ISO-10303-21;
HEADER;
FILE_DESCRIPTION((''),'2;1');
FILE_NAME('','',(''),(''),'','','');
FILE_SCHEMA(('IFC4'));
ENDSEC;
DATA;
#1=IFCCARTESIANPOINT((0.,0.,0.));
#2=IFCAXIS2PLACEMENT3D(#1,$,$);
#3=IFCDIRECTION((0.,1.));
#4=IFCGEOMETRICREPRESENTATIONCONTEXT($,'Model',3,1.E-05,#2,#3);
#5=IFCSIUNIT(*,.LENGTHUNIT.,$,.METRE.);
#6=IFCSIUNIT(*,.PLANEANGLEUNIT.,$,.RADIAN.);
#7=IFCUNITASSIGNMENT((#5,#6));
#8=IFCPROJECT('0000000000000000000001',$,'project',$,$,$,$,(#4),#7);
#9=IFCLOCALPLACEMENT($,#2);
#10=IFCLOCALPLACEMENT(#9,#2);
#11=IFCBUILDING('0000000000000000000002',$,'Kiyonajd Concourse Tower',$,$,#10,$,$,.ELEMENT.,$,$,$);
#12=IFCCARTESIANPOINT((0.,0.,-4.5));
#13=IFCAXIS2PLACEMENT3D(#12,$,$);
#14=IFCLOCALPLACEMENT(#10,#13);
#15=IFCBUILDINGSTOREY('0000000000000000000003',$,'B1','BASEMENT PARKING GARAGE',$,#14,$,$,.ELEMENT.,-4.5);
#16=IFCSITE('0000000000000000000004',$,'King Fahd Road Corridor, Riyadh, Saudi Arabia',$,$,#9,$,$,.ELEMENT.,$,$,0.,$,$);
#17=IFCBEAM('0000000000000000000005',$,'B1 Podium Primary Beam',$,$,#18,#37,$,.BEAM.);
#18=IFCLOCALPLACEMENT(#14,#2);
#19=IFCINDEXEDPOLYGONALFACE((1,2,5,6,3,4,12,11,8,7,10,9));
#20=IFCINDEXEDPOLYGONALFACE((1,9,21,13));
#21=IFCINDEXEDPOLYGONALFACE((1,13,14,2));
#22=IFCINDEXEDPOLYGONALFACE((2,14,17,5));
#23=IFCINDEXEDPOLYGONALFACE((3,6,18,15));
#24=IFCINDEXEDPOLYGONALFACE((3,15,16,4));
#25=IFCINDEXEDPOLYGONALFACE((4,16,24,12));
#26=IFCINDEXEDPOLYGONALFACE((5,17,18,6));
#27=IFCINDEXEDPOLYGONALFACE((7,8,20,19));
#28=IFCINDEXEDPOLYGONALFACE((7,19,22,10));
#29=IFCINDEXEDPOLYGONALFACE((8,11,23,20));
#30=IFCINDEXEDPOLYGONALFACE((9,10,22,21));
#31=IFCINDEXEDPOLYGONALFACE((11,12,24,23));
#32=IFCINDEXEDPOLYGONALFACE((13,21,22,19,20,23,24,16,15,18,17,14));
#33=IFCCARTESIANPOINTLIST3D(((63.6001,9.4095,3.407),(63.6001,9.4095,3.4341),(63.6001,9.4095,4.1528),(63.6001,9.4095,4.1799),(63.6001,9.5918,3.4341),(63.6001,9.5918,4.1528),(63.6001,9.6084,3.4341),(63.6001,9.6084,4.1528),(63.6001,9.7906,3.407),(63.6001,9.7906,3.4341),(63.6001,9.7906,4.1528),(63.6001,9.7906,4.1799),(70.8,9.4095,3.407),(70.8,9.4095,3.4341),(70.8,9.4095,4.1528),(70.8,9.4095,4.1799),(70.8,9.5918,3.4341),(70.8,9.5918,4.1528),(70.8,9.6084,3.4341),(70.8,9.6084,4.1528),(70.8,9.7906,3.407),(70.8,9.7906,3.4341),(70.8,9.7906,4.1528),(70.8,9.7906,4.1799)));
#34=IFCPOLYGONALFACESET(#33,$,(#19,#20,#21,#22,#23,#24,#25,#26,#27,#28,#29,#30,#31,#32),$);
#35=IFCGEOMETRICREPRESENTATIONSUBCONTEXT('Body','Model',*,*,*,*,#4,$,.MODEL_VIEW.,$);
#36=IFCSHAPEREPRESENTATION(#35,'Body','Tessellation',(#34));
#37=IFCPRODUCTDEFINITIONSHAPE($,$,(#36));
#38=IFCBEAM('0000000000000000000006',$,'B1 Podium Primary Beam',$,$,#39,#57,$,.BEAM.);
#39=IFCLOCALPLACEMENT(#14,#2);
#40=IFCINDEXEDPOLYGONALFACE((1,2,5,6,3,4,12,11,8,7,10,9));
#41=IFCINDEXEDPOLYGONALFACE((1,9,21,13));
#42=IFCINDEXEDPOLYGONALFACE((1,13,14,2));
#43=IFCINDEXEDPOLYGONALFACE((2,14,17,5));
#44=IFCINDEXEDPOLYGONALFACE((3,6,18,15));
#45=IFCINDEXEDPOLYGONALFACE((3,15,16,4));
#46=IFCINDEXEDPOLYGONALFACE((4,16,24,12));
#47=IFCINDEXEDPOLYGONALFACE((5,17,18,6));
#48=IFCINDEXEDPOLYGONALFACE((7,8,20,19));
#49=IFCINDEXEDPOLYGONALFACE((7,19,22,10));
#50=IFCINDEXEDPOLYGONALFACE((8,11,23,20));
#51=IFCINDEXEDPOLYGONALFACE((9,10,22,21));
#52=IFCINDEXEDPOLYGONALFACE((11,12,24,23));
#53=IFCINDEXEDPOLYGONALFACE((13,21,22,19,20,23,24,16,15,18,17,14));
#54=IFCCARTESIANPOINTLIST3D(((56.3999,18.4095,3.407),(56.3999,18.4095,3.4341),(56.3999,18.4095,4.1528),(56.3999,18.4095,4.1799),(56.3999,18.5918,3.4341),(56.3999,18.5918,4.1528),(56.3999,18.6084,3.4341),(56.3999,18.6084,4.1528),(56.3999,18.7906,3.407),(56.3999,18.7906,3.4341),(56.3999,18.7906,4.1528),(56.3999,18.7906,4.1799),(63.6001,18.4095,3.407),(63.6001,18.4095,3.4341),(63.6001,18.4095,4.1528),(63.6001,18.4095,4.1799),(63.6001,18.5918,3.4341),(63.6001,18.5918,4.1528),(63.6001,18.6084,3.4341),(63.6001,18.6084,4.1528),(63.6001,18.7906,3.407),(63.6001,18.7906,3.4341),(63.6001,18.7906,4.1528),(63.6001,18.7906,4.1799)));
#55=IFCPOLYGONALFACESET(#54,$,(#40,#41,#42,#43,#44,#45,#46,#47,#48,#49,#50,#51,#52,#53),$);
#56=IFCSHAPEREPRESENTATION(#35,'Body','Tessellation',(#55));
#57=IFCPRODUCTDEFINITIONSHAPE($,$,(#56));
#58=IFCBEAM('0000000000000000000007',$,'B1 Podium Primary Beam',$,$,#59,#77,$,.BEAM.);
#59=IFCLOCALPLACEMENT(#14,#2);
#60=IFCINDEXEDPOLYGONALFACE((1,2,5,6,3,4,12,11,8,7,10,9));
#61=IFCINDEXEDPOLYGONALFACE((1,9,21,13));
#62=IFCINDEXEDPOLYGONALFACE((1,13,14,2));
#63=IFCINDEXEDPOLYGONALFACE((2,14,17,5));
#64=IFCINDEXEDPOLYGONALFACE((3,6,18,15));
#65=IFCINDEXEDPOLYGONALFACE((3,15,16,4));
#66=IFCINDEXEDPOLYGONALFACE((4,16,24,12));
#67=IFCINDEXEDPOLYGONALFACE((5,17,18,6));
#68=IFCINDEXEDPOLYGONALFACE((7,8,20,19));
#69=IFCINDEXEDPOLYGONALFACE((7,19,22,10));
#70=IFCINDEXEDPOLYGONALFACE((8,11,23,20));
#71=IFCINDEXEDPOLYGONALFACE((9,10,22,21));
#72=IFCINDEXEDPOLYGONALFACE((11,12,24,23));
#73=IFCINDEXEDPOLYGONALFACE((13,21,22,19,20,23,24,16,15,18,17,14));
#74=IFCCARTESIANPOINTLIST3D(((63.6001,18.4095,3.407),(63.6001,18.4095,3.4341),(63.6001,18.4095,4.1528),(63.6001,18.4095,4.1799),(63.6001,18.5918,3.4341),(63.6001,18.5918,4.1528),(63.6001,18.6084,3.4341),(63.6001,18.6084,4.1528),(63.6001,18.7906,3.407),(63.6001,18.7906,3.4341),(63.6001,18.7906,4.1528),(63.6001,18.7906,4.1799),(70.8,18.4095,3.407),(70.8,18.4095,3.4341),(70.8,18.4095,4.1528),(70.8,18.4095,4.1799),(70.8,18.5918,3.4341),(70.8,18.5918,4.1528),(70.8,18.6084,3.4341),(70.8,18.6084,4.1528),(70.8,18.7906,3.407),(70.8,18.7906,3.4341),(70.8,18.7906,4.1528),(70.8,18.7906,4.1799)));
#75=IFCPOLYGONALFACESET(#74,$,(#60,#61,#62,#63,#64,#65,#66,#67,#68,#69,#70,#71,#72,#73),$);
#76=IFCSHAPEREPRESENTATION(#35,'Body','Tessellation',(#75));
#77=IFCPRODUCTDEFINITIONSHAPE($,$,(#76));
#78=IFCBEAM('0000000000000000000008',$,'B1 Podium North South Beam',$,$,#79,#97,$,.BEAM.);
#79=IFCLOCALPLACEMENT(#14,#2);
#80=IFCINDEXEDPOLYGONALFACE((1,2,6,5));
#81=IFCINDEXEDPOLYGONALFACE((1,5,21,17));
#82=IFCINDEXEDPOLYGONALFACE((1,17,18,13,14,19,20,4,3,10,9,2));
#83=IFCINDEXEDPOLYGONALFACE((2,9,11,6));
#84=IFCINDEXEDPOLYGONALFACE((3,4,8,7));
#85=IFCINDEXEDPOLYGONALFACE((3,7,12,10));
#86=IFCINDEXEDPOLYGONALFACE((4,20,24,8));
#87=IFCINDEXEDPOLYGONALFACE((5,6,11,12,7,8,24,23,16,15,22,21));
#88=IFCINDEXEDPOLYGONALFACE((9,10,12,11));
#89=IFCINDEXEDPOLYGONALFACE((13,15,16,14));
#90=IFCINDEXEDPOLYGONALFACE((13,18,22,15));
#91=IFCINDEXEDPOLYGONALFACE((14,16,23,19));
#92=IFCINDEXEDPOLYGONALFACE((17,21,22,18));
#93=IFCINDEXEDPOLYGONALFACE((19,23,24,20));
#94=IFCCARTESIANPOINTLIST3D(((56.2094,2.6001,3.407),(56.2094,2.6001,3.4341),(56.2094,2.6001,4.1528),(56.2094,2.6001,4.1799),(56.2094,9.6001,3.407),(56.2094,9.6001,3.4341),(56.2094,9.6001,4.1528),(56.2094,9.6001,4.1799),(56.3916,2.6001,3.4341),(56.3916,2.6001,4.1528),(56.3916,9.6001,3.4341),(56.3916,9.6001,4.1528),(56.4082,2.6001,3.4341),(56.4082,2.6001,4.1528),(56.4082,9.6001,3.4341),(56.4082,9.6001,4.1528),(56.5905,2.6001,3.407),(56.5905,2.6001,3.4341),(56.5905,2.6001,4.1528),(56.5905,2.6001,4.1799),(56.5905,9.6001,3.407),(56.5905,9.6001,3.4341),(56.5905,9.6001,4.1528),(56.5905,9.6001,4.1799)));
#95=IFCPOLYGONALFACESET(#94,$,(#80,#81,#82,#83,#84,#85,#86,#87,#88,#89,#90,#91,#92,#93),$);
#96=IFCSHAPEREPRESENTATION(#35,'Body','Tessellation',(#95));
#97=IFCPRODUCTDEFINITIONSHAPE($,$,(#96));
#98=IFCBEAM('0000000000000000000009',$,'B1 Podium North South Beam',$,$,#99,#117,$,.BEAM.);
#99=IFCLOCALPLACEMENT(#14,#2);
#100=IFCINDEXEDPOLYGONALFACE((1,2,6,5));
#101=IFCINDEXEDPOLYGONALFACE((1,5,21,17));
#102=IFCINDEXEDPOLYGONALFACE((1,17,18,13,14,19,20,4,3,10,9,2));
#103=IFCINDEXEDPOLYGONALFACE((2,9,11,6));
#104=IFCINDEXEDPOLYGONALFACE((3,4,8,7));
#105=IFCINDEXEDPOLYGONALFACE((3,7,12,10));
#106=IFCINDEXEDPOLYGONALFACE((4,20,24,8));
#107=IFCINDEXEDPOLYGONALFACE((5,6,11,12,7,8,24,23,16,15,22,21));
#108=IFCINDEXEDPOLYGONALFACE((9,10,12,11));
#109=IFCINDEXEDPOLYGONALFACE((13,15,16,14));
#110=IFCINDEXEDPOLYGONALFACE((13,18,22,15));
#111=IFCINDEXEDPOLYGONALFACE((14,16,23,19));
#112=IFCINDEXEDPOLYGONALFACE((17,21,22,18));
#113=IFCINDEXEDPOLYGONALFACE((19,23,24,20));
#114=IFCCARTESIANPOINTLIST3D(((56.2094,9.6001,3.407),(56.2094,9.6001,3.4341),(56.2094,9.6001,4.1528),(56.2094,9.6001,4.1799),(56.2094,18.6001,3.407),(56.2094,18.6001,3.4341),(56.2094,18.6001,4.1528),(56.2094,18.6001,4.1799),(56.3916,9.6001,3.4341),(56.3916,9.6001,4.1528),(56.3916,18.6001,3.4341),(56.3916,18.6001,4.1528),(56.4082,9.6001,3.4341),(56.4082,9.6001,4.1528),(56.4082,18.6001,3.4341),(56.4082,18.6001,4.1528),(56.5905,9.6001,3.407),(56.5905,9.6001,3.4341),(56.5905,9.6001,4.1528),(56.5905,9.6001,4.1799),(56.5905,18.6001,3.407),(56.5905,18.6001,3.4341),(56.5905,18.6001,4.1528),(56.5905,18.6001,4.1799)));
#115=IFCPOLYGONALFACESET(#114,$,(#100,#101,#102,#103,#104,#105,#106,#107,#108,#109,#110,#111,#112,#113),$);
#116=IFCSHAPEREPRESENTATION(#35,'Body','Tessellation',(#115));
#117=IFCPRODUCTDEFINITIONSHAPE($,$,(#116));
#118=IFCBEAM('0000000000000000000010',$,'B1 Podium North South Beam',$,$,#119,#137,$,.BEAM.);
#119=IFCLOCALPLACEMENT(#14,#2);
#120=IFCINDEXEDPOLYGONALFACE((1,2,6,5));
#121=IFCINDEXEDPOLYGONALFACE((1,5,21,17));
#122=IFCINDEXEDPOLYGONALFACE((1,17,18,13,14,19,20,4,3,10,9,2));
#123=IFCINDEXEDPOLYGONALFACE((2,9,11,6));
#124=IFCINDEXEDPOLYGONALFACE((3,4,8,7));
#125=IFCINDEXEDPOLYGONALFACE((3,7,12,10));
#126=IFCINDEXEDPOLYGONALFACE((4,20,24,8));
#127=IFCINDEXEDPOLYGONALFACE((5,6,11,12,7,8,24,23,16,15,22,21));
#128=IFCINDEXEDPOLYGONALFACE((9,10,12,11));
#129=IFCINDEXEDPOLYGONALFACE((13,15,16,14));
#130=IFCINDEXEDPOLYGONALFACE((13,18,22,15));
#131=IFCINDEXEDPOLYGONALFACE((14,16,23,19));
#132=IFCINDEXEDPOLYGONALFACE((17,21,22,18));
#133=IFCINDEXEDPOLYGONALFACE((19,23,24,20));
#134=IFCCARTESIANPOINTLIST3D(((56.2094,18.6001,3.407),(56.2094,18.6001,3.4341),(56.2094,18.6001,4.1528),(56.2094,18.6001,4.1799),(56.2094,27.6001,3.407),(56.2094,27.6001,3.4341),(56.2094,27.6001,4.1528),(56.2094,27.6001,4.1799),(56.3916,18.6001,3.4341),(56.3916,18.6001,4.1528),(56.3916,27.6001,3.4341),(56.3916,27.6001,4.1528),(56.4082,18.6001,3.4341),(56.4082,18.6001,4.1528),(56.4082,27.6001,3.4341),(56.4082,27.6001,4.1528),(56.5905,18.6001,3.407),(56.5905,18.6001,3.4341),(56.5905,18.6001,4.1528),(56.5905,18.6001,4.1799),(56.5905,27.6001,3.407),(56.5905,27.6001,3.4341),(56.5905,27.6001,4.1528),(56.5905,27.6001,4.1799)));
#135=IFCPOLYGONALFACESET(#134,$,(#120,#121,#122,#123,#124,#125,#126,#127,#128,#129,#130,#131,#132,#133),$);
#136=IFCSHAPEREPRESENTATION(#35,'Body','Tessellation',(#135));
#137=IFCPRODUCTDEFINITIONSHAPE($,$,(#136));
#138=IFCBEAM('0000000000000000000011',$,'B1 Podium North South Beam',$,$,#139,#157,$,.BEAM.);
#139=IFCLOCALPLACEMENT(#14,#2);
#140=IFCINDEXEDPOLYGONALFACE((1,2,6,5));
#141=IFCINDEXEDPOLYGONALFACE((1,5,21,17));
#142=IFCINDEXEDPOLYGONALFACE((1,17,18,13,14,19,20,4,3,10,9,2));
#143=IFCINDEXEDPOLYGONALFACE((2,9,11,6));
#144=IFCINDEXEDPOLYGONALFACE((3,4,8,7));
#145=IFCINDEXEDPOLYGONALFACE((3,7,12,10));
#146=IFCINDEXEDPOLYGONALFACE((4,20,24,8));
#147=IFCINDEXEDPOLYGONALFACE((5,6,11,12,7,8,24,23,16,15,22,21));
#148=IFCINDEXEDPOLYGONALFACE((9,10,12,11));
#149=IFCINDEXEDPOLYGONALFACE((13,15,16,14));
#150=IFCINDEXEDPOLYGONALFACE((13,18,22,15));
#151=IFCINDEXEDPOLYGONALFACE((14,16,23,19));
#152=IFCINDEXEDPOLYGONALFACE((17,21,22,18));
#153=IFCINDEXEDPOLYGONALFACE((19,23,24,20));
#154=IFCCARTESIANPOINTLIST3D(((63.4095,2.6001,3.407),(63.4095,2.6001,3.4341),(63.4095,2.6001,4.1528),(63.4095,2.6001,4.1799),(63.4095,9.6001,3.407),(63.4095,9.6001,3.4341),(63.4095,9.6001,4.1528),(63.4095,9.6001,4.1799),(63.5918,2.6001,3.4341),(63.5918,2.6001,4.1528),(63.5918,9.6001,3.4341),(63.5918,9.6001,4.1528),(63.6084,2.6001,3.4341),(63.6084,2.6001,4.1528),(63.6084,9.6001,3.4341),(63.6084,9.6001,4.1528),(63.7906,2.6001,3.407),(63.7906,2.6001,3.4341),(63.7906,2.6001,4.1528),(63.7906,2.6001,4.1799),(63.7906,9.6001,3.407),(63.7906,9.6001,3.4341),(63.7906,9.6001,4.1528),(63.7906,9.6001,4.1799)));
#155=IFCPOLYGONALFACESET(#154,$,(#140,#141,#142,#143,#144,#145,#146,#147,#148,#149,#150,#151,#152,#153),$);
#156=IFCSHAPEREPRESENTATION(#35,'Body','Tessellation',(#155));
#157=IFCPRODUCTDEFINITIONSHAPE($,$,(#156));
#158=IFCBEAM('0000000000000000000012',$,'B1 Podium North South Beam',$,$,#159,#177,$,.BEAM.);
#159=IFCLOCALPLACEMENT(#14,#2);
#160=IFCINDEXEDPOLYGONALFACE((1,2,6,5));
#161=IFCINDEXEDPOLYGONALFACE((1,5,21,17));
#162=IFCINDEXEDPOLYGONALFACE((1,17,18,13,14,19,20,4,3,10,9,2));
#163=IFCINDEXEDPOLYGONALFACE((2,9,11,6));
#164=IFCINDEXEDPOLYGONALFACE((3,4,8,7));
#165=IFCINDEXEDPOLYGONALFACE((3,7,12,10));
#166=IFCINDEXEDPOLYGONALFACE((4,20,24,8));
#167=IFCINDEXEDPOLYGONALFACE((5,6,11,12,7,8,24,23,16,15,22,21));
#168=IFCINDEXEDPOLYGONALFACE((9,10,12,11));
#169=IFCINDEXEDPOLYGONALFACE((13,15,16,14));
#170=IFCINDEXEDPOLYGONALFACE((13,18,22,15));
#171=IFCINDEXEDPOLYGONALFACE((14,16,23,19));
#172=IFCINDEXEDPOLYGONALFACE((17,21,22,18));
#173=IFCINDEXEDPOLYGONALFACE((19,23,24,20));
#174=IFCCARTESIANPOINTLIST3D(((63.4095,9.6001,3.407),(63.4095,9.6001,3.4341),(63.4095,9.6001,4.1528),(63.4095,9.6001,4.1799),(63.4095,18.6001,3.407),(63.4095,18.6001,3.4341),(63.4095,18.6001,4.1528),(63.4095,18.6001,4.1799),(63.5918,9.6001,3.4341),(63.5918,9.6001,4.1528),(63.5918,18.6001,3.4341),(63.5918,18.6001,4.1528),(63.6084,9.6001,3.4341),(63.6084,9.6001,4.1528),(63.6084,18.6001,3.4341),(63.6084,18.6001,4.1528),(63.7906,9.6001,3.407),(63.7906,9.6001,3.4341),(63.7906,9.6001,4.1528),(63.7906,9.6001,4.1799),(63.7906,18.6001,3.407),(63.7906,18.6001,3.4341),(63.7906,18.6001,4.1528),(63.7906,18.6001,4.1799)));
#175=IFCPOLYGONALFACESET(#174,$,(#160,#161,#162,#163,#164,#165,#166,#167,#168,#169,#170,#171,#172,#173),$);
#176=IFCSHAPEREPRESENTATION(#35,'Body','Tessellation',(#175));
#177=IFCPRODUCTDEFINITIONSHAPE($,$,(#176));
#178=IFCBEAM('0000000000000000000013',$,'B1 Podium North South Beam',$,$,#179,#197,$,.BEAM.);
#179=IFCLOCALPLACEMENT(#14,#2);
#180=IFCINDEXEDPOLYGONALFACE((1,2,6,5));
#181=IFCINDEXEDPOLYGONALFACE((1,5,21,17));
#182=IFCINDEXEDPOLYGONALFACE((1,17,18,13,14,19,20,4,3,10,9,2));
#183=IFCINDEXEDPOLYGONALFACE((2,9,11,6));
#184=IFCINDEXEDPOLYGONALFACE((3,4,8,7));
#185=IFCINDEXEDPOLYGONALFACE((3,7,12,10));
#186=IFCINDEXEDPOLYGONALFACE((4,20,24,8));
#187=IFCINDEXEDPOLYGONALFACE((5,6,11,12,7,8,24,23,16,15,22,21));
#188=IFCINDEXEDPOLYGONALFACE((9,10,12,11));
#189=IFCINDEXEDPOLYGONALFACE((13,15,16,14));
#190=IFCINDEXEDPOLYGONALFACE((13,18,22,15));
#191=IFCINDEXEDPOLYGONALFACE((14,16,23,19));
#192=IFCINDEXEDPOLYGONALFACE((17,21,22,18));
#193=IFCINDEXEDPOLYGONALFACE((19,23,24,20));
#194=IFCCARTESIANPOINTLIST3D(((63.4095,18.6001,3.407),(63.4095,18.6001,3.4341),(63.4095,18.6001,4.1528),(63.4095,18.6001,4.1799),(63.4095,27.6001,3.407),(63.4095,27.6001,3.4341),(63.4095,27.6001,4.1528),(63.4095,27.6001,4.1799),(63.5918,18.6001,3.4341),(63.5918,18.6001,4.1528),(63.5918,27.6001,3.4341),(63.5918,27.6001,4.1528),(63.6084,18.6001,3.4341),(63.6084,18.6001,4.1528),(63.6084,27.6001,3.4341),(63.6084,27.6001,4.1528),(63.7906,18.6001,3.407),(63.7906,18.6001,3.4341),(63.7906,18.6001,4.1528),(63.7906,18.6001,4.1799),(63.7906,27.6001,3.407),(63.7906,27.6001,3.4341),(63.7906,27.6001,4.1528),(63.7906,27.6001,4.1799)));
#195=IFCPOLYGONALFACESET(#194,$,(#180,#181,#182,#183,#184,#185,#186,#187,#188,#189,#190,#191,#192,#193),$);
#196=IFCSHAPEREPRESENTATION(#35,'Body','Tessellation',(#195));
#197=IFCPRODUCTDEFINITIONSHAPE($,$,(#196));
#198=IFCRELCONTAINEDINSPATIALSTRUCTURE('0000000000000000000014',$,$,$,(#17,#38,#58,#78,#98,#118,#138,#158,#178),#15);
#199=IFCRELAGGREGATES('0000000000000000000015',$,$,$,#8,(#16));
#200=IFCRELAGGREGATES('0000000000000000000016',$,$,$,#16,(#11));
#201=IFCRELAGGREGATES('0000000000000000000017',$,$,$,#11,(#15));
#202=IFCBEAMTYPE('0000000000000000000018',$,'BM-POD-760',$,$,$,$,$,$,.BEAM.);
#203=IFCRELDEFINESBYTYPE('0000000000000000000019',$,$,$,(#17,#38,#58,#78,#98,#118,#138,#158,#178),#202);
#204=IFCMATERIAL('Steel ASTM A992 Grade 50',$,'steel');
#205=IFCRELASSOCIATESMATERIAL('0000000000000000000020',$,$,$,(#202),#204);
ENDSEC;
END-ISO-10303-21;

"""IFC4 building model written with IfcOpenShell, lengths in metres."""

from ifc_helpers import new_model, si_unit, direction, frame, origin, origin_2d, place, context, subcontext, project, spatial, i_section, extrude, material, material_profile, profile_set, type_object, element, save


model = new_model("IFC4")

# Units and contexts
model_context = context("Model", 3, precision=1e-05, world=origin(), true_north=direction((0.0, 1.0)))
body_context = subcontext(model_context, "Body", "Model", "MODEL_VIEW")
ifc_project = project(units=[si_unit("LENGTHUNIT", "METRE"), si_unit("PLANEANGLEUNIT", "RADIAN")], contexts=[model_context])

# Site, building, storey
site_placement = place(None, origin())
site = spatial("IfcSite", under=ifc_project, at=site_placement, Name="King Fahd Road Corridor, Riyadh, Saudi Arabia", CompositionType="ELEMENT", RefElevation=0.0)
building_placement = place(site_placement, origin())
building = spatial("IfcBuilding", under=site, at=building_placement, Name="Kiyonajd Concourse Tower", CompositionType="ELEMENT")
storey_placement = place(building_placement, frame((0.0, 0.0, -4.5)))
storey = spatial("IfcBuildingStorey", under=building, at=storey_placement, Name="B1", Description="BASEMENT PARKING GARAGE", CompositionType="ELEMENT", Elevation=-4.5)

# Beams
ifc_material_1 = material(Name="Steel ASTM A992 Grade 50", Category="steel")
ifc_material_profile_1 = material_profile(ifc_material_1, i_section(OverallWidth=0.3811, OverallDepth=0.7729, WebThickness=0.0166, FlangeThickness=0.0271, at=origin_2d()), Name="W760X257")
ifc_profile_set_1 = profile_set([ifc_material_profile_1], Name="Steel ASTM A992 Grade 50")
beam_type_1 = type_object("IfcBeamType", Name="BM-POD-760", PredefinedType="BEAM", material=ifc_profile_set_1)
beam_1_placement = place(storey_placement, frame((63.6001, 9.6001, 3.7935), z_axis=(1.0, 0.0, 0.0), x_axis=(0.0, 1.0, 0.0)))
element("IfcBeam", 1, at=beam_1_placement, inside=storey, type_object=beam_type_1, Name="B1 Podium Primary Beam", PredefinedType="BEAM", context=body_context, shape_type="SweptSolid", body=[
    extrude(i_section(OverallWidth=0.3811, OverallDepth=0.7729, WebThickness=0.0166, FlangeThickness=0.0271, at=origin_2d()), origin(), (0.0, 0.0, 1.0), 7.2),
])
beam_2_placement = place(storey_placement, frame((56.3999, 18.6001, 3.7935), z_axis=(1.0, 0.0, 0.0), x_axis=(0.0, 1.0, 0.0)))
element("IfcBeam", 2, at=beam_2_placement, inside=storey, type_object=beam_type_1, Name="B1 Podium Primary Beam", PredefinedType="BEAM", context=body_context, shape_type="SweptSolid", body=[
    extrude(i_section(OverallWidth=0.3811, OverallDepth=0.7729, WebThickness=0.0166, FlangeThickness=0.0271, at=origin_2d()), origin(), (0.0, 0.0, 1.0), 7.2002),
])
beam_3_placement = place(storey_placement, frame((63.6001, 18.6001, 3.7935), z_axis=(1.0, 0.0, 0.0), x_axis=(0.0, 1.0, 0.0)))
element("IfcBeam", 3, at=beam_3_placement, inside=storey, type_object=beam_type_1, Name="B1 Podium Primary Beam", PredefinedType="BEAM", context=body_context, shape_type="SweptSolid", body=[
    extrude(i_section(OverallWidth=0.3811, OverallDepth=0.7729, WebThickness=0.0166, FlangeThickness=0.0271, at=origin_2d()), origin(), (0.0, 0.0, 1.0), 7.2),
])
beam_4_placement = place(storey_placement, frame((56.3999, 2.6001, 3.7935), z_axis=(0.0, 1.0, 0.0), x_axis=(-1.0, 0.0, 0.0)))
element("IfcBeam", 4, at=beam_4_placement, inside=storey, type_object=beam_type_1, Name="B1 Podium North South Beam", PredefinedType="BEAM", context=body_context, shape_type="SweptSolid", body=[
    extrude(i_section(OverallWidth=0.3811, OverallDepth=0.7729, WebThickness=0.0166, FlangeThickness=0.0271, at=origin_2d()), origin(), (0.0, 0.0, 1.0), 7.0),
])
for number, where, z_axis, x_axis, name in (
    (5, (56.3999, 9.6001, 3.7935), (0.0, 1.0, 0.0), (-1.0, 0.0, 0.0), "B1 Podium North South Beam"),
    (6, (56.3999, 18.6001, 3.7935), (0.0, 1.0, 0.0), (-1.0, 0.0, 0.0), "B1 Podium North South Beam"),
):
    element("IfcBeam", number, at=place(storey_placement, frame(where, z_axis=z_axis, x_axis=x_axis)), inside=storey, type_object=beam_type_1, Name=name, PredefinedType="BEAM", context=body_context, shape_type="SweptSolid", body=[
        extrude(i_section(OverallWidth=0.3811, OverallDepth=0.7729, WebThickness=0.0166, FlangeThickness=0.0271, at=origin_2d()), origin(), (0.0, 0.0, 1.0), 9.0),
    ])
beam_5_placement = place(storey_placement, frame((63.6001, 2.6001, 3.7935), z_axis=(0.0, 1.0, 0.0), x_axis=(-1.0, 0.0, 0.0)))
element("IfcBeam", 7, at=beam_5_placement, inside=storey, type_object=beam_type_1, Name="B1 Podium North South Beam", PredefinedType="BEAM", context=body_context, shape_type="SweptSolid", body=[
    extrude(i_section(OverallWidth=0.3811, OverallDepth=0.7729, WebThickness=0.0166, FlangeThickness=0.0271, at=origin_2d()), origin(), (0.0, 0.0, 1.0), 7.0),
])
for number, where, z_axis, x_axis, name in (
    (8, (63.6001, 9.6001, 3.7935), (0.0, 1.0, 0.0), (-1.0, 0.0, 0.0), "B1 Podium North South Beam"),
    (9, (63.6001, 18.6001, 3.7935), (0.0, 1.0, 0.0), (-1.0, 0.0, 0.0), "B1 Podium North South Beam"),
):
    element("IfcBeam", number, at=place(storey_placement, frame(where, z_axis=z_axis, x_axis=x_axis)), inside=storey, type_object=beam_type_1, Name=name, PredefinedType="BEAM", context=body_context, shape_type="SweptSolid", body=[
        extrude(i_section(OverallWidth=0.3811, OverallDepth=0.7729, WebThickness=0.0166, FlangeThickness=0.0271, at=origin_2d()), origin(), (0.0, 0.0, 1.0), 9.0),
    ])

save(model, "model.ifc")
